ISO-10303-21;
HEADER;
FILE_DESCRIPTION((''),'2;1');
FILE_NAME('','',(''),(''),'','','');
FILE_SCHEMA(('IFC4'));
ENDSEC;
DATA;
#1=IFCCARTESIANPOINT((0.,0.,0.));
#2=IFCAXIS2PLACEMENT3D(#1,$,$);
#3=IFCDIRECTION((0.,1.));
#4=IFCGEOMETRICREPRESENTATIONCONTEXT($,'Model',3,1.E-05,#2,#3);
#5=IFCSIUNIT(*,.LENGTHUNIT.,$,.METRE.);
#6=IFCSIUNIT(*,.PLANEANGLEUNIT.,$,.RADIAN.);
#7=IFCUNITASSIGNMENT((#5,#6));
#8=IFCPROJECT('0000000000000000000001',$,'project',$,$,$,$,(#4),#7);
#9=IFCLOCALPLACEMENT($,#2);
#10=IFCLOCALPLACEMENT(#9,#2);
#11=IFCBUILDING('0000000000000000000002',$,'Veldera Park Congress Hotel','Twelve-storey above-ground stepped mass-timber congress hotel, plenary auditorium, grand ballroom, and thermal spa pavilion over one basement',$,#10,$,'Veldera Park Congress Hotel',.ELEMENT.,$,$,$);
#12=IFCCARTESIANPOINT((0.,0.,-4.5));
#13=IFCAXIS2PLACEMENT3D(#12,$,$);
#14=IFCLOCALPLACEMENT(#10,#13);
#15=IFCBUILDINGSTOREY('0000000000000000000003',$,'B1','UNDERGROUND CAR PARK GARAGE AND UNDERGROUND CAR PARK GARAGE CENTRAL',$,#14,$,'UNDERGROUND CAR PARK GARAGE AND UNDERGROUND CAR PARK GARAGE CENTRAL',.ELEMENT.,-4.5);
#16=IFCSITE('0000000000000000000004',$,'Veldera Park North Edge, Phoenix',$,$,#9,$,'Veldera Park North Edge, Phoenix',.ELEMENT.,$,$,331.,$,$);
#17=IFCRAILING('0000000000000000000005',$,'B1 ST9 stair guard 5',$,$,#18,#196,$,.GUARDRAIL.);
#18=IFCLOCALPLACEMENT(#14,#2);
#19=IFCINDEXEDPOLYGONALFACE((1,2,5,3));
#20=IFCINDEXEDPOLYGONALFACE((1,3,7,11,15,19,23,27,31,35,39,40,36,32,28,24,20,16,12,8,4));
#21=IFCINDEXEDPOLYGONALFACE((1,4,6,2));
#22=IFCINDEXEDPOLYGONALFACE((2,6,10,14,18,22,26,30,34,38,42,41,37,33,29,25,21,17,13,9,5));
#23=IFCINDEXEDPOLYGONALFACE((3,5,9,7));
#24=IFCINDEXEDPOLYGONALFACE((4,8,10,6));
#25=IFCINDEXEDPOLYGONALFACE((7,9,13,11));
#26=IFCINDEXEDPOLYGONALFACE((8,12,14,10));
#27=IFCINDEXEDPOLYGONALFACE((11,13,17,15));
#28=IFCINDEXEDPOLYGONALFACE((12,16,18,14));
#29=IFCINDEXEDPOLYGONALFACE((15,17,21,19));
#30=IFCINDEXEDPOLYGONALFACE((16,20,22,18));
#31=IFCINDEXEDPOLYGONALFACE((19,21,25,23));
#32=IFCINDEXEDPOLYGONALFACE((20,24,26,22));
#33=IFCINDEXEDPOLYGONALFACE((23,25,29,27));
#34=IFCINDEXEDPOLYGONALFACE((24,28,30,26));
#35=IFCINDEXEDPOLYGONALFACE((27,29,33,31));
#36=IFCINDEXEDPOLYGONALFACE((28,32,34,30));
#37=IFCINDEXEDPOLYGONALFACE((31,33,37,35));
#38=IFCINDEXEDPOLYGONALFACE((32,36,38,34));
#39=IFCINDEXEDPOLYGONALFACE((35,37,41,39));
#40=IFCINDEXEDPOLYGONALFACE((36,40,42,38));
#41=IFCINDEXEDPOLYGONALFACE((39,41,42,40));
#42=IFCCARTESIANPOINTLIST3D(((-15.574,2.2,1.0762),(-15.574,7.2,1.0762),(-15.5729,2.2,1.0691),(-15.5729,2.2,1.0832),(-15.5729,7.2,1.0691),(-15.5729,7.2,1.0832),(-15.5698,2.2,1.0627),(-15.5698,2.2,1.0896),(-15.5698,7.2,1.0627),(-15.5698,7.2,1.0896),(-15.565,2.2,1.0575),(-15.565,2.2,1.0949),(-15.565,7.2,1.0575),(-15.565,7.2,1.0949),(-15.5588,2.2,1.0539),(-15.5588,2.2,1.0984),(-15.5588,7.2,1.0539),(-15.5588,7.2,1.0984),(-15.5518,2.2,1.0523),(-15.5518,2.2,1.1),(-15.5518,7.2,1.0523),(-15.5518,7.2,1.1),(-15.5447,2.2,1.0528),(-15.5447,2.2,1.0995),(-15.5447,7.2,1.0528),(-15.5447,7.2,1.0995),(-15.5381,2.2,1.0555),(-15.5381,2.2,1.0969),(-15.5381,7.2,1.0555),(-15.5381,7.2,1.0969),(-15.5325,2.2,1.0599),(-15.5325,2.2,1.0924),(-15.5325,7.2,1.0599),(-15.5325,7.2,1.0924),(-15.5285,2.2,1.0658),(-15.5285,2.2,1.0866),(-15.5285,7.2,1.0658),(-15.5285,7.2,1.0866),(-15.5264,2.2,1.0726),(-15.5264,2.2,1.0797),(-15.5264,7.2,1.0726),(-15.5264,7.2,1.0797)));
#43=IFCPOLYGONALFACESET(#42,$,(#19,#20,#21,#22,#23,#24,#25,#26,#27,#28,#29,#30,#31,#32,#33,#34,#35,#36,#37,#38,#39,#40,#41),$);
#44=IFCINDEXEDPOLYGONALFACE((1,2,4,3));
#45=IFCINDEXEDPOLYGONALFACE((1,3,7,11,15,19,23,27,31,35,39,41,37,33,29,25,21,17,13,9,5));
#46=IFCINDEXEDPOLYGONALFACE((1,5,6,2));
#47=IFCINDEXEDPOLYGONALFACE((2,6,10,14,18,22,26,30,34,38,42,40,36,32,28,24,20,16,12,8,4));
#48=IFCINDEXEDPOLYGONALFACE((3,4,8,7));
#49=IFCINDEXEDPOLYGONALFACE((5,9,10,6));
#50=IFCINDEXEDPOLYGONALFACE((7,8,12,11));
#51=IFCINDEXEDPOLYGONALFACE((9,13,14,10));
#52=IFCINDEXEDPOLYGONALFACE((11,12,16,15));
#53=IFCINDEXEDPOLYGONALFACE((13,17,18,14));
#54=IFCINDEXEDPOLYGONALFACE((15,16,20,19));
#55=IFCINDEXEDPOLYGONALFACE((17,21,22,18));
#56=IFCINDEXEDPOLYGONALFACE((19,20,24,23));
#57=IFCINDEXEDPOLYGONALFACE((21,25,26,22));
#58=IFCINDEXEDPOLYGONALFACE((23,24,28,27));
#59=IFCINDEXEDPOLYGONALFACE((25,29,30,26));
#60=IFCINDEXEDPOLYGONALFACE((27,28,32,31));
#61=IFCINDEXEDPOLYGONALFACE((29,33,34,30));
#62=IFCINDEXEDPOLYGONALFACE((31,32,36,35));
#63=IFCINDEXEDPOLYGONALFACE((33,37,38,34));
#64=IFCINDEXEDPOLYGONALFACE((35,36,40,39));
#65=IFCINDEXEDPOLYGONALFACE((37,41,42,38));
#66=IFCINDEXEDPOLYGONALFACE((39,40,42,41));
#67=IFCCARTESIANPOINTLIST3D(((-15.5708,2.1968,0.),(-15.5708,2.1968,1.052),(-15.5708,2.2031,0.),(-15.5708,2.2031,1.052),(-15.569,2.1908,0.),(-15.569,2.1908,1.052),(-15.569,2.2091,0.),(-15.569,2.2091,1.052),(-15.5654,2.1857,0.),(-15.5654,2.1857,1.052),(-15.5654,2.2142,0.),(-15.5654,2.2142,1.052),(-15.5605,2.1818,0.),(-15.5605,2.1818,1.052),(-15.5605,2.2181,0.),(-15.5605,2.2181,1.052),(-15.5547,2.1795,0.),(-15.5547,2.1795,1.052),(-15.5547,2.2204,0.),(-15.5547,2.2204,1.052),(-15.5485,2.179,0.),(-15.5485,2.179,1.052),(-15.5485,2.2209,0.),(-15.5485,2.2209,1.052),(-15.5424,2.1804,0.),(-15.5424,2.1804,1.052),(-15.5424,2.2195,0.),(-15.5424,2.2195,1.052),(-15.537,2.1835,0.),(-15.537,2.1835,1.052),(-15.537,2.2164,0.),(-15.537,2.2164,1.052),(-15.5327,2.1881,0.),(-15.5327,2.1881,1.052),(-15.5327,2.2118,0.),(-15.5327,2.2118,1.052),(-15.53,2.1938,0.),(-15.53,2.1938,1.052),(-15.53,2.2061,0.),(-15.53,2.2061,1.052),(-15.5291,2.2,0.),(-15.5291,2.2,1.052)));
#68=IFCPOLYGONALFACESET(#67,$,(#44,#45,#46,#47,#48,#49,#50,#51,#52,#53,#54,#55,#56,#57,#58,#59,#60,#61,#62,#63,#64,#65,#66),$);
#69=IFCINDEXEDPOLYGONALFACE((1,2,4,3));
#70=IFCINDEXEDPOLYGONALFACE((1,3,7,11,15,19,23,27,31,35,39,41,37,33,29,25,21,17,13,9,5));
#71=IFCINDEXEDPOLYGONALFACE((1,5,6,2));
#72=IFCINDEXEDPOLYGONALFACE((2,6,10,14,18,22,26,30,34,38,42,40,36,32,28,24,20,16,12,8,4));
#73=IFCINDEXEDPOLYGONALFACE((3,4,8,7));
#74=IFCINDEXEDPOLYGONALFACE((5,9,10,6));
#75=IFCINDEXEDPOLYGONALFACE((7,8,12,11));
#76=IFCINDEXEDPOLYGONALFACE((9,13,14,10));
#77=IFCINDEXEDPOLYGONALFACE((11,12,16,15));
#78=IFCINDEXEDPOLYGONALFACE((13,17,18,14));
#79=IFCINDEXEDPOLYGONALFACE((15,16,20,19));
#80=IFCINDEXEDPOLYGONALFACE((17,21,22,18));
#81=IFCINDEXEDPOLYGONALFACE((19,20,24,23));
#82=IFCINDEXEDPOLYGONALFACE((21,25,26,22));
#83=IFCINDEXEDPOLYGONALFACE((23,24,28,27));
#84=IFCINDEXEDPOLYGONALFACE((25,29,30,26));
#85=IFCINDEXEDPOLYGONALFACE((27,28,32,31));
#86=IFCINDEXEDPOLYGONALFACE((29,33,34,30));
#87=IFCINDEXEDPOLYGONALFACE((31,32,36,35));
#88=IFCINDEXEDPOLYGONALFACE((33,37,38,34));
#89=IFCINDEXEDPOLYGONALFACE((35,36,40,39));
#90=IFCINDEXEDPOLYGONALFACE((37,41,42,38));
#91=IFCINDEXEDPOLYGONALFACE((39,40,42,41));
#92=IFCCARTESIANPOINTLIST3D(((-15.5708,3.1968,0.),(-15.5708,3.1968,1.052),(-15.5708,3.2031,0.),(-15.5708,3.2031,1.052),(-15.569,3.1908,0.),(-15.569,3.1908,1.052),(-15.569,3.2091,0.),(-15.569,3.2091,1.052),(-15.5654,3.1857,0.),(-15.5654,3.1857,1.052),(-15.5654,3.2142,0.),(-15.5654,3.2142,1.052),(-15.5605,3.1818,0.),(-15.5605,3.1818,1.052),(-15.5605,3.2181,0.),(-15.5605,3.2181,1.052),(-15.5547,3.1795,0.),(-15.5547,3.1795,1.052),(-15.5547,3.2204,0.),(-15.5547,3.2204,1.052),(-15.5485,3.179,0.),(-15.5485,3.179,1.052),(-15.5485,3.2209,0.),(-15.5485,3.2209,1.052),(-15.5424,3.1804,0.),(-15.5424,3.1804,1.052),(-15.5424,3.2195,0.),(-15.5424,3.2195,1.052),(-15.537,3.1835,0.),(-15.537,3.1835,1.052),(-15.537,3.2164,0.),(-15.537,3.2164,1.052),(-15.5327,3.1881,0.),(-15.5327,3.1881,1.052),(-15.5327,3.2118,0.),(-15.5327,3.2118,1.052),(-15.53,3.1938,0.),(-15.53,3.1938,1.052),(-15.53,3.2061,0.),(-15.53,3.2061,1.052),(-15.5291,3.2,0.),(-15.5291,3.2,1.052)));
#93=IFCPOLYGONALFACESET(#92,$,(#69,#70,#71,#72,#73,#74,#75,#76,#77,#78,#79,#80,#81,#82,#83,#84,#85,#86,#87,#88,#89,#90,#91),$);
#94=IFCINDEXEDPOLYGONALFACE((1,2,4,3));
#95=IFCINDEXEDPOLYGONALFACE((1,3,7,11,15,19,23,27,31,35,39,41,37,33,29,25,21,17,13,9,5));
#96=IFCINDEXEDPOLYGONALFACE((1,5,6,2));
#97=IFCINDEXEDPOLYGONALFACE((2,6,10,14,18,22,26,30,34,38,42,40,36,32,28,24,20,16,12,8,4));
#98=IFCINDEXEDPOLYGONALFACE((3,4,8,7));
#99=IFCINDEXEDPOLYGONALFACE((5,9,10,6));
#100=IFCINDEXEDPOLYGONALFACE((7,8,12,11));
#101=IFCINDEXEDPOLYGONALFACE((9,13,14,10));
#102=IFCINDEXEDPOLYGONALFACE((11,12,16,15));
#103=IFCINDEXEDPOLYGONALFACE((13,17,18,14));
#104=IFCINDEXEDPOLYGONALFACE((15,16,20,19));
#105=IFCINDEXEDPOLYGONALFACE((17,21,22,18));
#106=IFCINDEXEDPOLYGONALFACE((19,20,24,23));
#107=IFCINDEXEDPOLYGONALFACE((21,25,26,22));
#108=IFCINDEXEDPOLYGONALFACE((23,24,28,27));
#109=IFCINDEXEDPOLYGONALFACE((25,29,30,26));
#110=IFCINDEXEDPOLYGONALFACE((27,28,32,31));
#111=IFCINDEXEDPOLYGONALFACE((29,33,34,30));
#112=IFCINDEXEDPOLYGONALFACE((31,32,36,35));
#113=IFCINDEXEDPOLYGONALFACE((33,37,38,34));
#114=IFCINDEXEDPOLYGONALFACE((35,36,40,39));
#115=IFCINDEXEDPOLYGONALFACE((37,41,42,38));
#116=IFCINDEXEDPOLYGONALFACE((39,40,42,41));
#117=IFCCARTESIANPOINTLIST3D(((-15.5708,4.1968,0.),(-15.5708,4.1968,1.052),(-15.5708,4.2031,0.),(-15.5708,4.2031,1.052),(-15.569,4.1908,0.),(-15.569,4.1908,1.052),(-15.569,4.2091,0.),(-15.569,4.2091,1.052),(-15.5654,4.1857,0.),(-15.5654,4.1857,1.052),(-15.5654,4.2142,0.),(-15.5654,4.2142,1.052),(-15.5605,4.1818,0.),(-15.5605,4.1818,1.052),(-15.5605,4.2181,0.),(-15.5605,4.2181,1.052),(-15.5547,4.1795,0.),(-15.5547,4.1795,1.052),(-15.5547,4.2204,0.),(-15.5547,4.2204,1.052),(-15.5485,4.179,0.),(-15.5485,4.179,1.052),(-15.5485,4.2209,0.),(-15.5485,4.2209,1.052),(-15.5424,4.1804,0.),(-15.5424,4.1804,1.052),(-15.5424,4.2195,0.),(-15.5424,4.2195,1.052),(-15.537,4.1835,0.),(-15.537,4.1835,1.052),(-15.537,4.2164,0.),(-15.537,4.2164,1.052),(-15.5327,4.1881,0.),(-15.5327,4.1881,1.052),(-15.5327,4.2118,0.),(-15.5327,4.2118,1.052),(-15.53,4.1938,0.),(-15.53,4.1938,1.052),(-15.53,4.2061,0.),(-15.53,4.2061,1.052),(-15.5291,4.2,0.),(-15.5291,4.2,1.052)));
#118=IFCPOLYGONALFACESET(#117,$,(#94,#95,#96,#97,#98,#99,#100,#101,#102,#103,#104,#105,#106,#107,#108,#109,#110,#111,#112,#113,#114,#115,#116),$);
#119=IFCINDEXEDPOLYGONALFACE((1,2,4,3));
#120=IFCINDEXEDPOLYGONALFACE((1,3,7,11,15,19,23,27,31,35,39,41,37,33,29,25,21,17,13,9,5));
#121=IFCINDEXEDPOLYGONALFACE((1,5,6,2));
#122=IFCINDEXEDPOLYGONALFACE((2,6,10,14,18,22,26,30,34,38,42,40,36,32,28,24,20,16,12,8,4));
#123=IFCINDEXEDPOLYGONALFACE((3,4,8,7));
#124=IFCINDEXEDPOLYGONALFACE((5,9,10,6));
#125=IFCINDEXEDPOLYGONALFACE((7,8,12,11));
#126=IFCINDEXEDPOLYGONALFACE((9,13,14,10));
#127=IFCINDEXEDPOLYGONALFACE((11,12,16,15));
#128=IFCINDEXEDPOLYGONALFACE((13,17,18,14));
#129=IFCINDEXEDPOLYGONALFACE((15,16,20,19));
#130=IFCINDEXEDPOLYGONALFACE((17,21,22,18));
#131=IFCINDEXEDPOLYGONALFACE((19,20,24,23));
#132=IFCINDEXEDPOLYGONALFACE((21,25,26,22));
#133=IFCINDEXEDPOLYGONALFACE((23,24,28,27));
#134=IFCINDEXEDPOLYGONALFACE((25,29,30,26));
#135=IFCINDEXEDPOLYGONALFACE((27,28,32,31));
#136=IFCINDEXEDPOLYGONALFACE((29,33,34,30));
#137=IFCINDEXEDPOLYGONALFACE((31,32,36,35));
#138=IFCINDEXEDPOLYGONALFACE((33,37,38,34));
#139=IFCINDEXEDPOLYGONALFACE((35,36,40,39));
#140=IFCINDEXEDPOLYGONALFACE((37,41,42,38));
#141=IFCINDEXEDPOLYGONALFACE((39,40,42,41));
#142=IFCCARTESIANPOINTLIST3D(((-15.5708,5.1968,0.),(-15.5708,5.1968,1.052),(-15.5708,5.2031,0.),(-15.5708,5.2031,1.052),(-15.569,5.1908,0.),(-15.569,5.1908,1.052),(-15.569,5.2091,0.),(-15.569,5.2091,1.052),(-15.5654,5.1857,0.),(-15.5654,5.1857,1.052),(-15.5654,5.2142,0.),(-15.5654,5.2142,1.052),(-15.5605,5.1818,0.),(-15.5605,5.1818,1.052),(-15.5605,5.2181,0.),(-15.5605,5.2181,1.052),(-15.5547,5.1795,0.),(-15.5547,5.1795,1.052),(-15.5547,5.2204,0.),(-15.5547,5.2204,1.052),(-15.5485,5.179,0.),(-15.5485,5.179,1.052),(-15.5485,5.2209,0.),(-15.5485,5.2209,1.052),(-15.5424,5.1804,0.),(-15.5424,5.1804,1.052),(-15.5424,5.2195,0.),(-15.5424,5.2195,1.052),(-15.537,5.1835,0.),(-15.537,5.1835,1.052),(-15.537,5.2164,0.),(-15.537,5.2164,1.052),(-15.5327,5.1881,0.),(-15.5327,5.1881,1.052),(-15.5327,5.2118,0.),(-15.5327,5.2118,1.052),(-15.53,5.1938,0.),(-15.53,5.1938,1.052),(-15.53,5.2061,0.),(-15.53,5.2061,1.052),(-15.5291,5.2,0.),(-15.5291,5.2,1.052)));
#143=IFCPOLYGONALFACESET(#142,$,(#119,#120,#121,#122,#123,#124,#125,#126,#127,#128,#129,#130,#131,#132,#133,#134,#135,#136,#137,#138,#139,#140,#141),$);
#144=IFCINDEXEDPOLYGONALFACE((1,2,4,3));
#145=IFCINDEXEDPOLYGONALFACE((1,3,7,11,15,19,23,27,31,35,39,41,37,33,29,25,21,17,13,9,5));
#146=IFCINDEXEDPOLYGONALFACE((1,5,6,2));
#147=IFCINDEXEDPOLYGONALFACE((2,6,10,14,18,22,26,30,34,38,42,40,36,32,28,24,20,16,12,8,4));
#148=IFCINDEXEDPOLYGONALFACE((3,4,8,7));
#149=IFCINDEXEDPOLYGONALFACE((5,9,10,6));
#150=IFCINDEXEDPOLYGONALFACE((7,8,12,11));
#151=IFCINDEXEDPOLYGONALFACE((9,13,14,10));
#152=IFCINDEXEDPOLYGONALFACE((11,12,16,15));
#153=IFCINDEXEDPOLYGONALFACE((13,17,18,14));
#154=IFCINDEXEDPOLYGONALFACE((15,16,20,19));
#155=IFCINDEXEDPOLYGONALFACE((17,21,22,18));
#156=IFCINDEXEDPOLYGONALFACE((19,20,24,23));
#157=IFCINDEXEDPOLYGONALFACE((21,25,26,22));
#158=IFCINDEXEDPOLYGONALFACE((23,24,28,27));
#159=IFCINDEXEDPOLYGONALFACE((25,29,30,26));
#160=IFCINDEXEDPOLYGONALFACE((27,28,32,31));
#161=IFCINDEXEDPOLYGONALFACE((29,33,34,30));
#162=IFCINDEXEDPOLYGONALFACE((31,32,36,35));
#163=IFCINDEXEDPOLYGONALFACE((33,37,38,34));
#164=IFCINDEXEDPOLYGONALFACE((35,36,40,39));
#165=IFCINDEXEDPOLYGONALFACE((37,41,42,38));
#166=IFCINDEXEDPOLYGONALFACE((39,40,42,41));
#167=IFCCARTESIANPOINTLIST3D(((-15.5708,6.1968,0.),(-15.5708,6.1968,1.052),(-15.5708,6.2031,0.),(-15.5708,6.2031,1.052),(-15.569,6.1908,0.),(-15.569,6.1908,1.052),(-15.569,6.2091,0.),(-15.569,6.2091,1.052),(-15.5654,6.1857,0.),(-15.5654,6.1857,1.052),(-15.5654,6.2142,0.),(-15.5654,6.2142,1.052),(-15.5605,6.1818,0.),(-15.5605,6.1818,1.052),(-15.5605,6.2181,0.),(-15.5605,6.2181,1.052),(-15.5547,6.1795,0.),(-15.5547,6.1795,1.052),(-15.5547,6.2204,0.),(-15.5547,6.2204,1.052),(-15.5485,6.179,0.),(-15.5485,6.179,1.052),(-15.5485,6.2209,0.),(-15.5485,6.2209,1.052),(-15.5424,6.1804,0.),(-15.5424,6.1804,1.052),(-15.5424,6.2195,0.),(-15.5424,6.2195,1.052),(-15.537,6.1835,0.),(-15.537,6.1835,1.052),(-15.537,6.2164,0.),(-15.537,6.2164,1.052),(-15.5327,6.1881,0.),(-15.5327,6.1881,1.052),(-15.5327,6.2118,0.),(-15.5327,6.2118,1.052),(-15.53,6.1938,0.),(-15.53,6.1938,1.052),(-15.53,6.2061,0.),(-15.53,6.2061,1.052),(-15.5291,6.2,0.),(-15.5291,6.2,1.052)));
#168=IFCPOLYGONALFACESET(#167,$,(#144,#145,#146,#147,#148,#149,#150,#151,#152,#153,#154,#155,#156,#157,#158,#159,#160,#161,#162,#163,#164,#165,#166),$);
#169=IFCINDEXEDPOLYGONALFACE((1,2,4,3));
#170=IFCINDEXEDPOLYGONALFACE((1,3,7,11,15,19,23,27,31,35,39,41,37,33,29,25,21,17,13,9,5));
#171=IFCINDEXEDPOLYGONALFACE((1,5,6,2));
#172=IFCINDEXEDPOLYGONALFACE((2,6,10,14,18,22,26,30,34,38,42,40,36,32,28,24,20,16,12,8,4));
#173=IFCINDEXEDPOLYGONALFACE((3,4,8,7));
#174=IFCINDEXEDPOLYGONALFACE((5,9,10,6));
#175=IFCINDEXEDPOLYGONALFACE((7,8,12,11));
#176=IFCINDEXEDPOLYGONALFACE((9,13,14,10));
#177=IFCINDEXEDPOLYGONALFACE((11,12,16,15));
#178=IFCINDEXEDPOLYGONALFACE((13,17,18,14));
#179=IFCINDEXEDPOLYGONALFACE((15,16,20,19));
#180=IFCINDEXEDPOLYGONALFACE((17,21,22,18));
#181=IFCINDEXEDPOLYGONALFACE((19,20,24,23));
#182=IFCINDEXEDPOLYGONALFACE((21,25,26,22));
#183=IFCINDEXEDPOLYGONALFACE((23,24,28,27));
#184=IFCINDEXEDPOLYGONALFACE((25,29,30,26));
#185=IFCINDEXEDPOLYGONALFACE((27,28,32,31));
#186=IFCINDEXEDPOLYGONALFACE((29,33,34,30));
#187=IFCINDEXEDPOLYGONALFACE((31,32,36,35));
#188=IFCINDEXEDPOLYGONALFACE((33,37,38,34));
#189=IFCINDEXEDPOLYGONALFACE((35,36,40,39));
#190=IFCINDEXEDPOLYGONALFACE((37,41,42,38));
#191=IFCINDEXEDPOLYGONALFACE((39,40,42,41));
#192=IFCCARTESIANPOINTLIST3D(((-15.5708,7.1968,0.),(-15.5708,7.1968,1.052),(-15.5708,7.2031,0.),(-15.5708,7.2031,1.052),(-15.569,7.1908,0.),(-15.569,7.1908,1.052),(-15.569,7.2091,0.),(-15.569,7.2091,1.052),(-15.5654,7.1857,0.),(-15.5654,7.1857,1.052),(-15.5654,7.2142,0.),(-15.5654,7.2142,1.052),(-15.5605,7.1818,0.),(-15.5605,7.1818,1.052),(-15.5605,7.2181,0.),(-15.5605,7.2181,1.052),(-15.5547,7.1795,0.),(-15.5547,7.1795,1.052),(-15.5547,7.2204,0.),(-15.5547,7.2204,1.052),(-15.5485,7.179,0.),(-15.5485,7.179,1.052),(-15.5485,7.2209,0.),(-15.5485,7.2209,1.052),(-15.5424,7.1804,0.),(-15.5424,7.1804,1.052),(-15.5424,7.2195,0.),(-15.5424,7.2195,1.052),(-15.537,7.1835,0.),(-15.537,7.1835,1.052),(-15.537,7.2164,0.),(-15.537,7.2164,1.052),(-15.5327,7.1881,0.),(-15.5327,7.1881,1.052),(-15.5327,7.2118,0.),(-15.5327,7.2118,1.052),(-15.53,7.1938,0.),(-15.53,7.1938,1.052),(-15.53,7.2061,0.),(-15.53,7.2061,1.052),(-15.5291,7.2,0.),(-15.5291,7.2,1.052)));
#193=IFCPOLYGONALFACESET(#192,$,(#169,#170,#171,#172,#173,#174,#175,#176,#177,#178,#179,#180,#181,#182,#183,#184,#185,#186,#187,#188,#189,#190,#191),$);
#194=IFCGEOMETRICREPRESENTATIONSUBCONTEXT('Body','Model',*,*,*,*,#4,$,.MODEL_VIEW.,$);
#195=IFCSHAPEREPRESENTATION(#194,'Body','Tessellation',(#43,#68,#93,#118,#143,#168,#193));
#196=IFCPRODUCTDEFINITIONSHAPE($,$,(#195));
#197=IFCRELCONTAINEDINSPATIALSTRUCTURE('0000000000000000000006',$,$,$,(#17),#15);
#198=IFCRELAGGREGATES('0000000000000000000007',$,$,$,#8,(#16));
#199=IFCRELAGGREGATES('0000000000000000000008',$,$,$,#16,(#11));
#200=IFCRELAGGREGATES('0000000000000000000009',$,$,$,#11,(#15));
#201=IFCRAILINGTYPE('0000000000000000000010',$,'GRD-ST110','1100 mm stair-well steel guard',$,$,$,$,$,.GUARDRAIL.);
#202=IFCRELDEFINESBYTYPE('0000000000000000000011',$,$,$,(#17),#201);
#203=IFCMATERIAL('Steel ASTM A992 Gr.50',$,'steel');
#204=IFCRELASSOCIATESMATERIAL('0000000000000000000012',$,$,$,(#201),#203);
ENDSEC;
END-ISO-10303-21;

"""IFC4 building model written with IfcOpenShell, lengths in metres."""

from ifc_helpers import new_model, si_unit, direction, frame, origin, origin_2d, place, context, subcontext, project, spatial, circle, extrude, material, type_object, element, save


model = new_model("IFC4")

# Units and contexts
model_context = context("Model", 3, precision=1e-05, world=origin(), true_north=direction((0.0, 1.0)))
body_context = subcontext(model_context, "Body", "Model", "MODEL_VIEW")
ifc_project = project(units=[si_unit("LENGTHUNIT", "METRE"), si_unit("PLANEANGLEUNIT", "RADIAN")], contexts=[model_context])

# Site, building, storey
site_placement = place(None, origin())
site = spatial("IfcSite", under=ifc_project, at=site_placement, Name="Veldera Park North Edge, Phoenix", LongName="Veldera Park North Edge, Phoenix", CompositionType="ELEMENT", RefElevation=331.0)
building_placement = place(site_placement, origin())
building = spatial("IfcBuilding", under=site, at=building_placement, Name="Veldera Park Congress Hotel", Description="Twelve-storey above-ground stepped mass-timber congress hotel, plenary auditorium, grand ballroom, and thermal spa pavilion over one basement", LongName="Veldera Park Congress Hotel", CompositionType="ELEMENT")
storey_placement = place(building_placement, frame((0.0, 0.0, -4.5)))
storey = spatial("IfcBuildingStorey", under=building, at=storey_placement, Name="B1", Description="UNDERGROUND CAR PARK GARAGE AND UNDERGROUND CAR PARK GARAGE CENTRAL", LongName="UNDERGROUND CAR PARK GARAGE AND UNDERGROUND CAR PARK GARAGE CENTRAL", CompositionType="ELEMENT", Elevation=-4.5)

# Railing
ifc_material_1 = material(Name="Steel ASTM A992 Gr.50", Category="steel")
railing_type = type_object("IfcRailingType", Name="GRD-ST110", Description="1100 mm stair-well steel guard", PredefinedType="GUARDRAIL", material=ifc_material_1)
railing_1_placement = place(storey_placement, frame((-15.55, 2.2, 0.0)))
element("IfcRailing", 1, at=railing_1_placement, inside=storey, type_object=railing_type, Name="B1 ST9 stair guard 5", PredefinedType="GUARDRAIL", context=body_context, shape_type="SweptSolid", body=[
    extrude(circle(Radius=0.0239, at=origin_2d()), frame((0.0, 0.0, 1.0762), z_axis=(0.0, 1.0, 0.0), x_axis=(-1.0, 0.0, 0.0)), (0.0, 0.0, 1.0), 5.0),
    extrude(circle(Radius=0.021, at=origin_2d()), origin(), (0.0, 0.0, 1.0), 1.052),
    extrude(circle(Radius=0.021, at=origin_2d()), frame((0.0, 1.0, 0.0)), (0.0, 0.0, 1.0), 1.052),
    extrude(circle(Radius=0.021, at=origin_2d()), frame((0.0, 2.0, 0.0)), (0.0, 0.0, 1.0), 1.052),
    extrude(circle(Radius=0.021, at=origin_2d()), frame((0.0, 3.0, 0.0)), (0.0, 0.0, 1.0), 1.052),
    extrude(circle(Radius=0.021, at=origin_2d()), frame((0.0, 4.0, 0.0)), (0.0, 0.0, 1.0), 1.052),
    extrude(circle(Radius=0.021, at=origin_2d()), frame((0.0, 5.0, 0.0)), (0.0, 0.0, 1.0), 1.052),
])

save(model, "model.ifc")
